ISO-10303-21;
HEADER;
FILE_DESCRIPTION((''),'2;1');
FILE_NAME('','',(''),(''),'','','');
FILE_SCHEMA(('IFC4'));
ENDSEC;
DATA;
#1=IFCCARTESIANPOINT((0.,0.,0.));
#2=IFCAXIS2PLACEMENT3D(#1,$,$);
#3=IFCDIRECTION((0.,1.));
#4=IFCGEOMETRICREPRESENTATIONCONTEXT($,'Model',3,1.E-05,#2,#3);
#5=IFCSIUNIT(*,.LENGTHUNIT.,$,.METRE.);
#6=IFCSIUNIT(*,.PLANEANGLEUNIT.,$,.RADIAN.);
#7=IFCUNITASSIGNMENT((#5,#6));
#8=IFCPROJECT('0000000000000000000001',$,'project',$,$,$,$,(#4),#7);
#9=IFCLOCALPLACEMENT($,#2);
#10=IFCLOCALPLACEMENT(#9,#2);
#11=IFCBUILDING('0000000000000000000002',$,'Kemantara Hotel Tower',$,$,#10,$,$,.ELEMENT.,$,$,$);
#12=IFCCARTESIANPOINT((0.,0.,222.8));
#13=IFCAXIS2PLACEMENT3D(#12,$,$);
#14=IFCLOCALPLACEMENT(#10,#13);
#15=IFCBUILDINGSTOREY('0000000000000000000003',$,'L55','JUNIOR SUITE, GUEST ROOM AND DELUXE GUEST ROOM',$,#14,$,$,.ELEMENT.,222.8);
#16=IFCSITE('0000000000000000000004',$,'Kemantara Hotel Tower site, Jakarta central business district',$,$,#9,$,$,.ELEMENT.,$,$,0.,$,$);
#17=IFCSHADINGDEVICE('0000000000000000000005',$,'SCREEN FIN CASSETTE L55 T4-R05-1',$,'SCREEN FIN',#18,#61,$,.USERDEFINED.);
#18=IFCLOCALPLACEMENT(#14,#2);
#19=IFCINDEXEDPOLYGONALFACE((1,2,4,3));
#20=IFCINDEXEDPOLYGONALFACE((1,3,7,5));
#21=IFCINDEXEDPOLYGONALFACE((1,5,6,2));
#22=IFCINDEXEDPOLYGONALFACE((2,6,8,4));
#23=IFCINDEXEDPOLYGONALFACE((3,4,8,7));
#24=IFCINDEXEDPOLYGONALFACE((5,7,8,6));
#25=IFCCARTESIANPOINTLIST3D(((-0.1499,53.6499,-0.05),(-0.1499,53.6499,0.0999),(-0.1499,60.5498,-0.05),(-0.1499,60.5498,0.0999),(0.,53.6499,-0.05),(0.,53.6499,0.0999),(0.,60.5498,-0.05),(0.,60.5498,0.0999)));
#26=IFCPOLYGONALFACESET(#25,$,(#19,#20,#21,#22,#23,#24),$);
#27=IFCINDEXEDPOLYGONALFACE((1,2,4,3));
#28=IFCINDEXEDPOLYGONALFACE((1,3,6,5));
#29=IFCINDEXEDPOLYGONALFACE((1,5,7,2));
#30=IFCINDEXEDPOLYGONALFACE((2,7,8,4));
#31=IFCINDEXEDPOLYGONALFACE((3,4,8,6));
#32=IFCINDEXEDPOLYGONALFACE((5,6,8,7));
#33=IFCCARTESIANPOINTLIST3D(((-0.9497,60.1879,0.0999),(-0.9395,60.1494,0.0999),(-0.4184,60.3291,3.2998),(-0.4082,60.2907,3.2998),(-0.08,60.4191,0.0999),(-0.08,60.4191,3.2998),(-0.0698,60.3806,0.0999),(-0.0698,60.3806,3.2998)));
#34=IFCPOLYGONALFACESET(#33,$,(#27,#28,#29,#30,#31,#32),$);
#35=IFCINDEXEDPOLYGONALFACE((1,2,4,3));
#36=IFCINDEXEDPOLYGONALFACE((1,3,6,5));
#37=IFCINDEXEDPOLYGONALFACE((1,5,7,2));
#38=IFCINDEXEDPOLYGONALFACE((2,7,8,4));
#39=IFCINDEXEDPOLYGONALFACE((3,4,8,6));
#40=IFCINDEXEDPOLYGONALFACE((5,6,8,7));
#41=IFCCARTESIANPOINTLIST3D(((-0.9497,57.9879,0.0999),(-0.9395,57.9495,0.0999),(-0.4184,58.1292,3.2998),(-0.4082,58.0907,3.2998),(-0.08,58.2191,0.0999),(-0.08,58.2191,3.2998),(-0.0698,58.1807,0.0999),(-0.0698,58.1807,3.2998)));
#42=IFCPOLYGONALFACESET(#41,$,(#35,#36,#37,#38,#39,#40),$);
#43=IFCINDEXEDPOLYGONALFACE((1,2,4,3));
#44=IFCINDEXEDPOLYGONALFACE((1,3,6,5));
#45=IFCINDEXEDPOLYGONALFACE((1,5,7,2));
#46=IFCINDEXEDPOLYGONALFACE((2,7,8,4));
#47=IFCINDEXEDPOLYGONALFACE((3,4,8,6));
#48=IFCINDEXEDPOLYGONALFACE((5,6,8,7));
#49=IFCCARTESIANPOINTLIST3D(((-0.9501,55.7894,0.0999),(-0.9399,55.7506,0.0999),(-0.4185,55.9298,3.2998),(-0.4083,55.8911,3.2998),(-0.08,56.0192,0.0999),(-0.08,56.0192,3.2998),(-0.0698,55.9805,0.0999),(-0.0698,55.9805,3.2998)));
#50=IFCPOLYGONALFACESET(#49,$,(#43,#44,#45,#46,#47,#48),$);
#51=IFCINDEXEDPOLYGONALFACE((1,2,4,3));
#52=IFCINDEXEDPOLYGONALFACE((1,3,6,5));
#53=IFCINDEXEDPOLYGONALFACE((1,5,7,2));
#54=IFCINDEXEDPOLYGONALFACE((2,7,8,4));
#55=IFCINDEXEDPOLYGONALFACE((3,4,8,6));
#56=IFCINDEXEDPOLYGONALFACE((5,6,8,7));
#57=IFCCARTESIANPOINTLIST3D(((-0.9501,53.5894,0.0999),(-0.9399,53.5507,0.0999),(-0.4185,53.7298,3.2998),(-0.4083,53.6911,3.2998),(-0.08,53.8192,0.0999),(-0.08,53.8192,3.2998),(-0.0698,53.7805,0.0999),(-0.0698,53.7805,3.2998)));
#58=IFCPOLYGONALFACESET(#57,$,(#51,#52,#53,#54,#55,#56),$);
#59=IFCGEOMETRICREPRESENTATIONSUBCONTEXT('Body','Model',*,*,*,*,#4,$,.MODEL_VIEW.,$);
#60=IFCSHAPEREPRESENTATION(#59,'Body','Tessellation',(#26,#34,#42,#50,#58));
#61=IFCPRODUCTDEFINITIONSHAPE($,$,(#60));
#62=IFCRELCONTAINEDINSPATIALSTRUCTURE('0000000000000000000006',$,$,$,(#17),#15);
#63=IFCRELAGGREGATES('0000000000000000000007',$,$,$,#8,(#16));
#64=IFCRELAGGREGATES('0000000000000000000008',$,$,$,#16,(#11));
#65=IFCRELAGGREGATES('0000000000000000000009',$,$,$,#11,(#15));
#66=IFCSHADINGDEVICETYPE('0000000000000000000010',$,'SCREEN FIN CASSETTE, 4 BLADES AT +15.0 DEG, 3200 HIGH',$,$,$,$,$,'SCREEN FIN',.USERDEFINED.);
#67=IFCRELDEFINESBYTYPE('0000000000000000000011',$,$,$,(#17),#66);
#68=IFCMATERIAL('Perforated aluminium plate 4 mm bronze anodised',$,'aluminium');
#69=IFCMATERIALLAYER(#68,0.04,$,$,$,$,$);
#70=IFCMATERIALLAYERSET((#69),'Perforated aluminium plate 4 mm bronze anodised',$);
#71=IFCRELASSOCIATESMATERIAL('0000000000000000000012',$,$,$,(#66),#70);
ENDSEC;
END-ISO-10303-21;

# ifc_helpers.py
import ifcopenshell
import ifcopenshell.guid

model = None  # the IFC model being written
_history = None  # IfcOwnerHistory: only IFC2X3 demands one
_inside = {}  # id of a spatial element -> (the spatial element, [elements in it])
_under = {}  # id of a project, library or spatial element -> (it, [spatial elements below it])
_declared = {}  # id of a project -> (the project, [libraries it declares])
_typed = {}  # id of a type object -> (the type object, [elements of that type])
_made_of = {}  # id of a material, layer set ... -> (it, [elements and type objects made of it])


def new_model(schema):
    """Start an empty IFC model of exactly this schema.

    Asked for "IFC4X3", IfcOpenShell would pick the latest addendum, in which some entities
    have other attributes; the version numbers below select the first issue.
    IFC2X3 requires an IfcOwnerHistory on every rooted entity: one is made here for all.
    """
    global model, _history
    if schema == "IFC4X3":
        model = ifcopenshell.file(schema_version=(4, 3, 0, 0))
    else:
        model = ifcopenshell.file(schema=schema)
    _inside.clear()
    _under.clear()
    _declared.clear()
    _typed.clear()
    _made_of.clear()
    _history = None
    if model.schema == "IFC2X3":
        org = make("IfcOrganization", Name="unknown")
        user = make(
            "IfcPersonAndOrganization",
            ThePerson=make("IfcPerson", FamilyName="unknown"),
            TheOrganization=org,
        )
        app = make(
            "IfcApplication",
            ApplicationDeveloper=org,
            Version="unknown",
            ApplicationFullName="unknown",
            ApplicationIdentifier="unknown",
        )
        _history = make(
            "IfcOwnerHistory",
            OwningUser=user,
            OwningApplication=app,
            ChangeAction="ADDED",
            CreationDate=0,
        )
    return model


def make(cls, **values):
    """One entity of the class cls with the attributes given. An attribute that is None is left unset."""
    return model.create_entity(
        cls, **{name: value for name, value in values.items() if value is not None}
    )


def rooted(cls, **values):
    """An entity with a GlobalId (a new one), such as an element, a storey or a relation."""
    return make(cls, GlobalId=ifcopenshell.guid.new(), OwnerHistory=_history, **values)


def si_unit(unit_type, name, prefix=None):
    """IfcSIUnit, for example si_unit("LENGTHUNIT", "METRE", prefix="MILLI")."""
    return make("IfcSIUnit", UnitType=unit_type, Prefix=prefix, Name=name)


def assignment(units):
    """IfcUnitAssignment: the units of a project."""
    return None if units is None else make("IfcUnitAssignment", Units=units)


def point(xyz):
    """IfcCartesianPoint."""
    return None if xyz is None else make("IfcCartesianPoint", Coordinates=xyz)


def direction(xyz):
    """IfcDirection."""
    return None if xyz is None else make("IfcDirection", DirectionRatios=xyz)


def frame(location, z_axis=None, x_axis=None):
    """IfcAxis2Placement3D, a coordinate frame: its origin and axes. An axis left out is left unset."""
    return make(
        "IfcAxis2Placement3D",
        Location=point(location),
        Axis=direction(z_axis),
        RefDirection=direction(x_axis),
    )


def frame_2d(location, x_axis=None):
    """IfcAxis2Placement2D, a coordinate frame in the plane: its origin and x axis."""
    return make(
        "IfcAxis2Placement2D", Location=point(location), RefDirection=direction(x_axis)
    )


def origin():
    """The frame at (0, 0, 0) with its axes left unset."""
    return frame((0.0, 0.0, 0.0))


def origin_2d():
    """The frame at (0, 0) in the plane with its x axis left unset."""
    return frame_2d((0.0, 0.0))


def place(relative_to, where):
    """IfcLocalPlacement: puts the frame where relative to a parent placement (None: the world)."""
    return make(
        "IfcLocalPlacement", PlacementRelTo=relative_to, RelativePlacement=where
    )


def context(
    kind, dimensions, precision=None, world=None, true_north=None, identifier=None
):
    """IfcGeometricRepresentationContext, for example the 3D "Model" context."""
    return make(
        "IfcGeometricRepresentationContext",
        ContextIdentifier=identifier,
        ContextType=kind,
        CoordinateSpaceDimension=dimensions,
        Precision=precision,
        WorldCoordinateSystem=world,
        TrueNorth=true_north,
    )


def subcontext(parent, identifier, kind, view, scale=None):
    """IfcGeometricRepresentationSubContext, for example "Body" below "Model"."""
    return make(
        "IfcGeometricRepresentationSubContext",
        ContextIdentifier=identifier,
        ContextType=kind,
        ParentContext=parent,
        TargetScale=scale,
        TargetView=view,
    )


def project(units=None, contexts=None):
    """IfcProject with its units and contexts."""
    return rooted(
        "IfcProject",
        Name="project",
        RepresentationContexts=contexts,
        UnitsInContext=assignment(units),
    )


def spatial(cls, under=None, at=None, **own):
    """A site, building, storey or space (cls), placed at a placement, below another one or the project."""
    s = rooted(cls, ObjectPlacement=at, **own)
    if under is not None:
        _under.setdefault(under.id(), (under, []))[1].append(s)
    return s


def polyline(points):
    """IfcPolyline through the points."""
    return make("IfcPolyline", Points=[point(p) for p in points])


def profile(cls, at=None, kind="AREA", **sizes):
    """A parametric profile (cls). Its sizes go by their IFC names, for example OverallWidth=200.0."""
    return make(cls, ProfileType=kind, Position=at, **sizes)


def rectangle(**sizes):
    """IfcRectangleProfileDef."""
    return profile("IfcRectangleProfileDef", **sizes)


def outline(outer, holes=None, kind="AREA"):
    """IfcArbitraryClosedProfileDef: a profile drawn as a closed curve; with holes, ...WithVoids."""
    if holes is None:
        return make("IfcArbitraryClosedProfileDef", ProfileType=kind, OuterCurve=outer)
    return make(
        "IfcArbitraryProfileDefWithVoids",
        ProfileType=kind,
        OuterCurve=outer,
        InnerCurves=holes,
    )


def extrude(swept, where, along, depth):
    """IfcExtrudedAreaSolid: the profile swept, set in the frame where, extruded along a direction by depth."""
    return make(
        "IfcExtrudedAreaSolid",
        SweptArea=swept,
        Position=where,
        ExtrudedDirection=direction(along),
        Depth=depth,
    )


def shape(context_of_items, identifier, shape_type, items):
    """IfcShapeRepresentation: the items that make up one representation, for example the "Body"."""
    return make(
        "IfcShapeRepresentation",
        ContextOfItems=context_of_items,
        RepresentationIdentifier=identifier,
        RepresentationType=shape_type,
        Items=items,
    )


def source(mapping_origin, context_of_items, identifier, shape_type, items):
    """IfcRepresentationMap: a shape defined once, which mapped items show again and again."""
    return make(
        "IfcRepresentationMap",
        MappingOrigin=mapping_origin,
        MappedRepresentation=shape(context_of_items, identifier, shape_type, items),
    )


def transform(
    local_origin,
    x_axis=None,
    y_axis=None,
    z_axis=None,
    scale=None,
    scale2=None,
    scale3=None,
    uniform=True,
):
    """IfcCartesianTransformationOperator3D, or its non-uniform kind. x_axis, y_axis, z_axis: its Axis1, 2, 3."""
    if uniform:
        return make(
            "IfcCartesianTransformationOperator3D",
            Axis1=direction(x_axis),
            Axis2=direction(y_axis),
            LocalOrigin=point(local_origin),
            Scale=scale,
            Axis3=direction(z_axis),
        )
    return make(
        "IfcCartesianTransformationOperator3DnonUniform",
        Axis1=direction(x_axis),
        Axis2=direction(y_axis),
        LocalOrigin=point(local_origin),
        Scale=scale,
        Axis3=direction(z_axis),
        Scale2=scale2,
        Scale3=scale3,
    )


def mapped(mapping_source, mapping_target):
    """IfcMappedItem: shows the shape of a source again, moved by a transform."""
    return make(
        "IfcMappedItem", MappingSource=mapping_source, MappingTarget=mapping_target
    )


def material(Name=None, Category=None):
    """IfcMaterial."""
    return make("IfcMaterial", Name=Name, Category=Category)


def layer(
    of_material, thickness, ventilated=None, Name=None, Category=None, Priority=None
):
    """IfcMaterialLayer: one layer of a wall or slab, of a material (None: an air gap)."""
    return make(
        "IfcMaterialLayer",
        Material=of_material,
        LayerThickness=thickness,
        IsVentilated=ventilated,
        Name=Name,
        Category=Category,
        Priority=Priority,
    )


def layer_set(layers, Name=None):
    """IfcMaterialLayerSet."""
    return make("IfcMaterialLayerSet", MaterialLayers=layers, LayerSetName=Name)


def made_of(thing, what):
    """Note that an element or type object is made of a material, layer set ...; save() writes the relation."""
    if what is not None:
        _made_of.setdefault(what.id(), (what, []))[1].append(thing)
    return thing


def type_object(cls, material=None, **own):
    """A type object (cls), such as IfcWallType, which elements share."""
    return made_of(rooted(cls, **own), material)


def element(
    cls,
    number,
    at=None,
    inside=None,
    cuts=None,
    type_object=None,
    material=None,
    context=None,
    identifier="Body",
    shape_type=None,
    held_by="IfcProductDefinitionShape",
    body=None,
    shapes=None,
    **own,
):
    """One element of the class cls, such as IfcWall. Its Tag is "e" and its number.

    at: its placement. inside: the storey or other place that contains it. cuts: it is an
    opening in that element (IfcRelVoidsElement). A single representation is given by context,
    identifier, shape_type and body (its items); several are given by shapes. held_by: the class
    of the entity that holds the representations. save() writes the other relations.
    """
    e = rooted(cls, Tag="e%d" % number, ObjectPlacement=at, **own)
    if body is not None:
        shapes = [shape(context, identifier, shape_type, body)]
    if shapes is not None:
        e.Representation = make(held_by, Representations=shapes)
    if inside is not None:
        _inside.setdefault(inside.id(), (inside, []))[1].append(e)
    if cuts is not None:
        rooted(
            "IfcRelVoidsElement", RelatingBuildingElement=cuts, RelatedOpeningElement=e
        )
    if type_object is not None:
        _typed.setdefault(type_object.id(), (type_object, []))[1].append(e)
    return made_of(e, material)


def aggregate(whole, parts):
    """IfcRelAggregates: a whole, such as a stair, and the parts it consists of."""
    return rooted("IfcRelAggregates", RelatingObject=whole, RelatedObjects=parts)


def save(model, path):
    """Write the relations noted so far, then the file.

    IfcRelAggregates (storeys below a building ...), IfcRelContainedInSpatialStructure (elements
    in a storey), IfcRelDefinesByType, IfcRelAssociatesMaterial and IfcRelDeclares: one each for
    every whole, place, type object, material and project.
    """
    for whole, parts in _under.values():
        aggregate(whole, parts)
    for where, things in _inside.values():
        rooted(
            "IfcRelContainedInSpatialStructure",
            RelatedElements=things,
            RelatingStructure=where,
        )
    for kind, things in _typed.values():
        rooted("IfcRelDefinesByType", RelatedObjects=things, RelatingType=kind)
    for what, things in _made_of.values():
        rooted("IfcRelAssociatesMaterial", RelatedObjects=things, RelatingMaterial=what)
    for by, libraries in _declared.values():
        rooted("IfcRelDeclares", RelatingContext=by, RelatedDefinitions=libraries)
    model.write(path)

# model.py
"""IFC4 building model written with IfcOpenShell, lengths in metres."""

from ifc_helpers import new_model, si_unit, direction, frame, origin, origin_2d, place, context, subcontext, project, spatial, polyline, rectangle, outline, extrude, source, transform, mapped, material, layer, layer_set, type_object, element, save


model = new_model("IFC4")

# Units and contexts
model_context = context("Model", 3, precision=1e-05, world=origin(), true_north=direction((0.0, 1.0)))
body_context = subcontext(model_context, "Body", "Model", "MODEL_VIEW")
ifc_project = project(units=[si_unit("LENGTHUNIT", "METRE"), si_unit("PLANEANGLEUNIT", "RADIAN")], contexts=[model_context])

# Site, building, storey
site_placement = place(None, origin())
site = spatial("IfcSite", under=ifc_project, at=site_placement, Name="Kemantara Hotel Tower site, Jakarta central business district", CompositionType="ELEMENT", RefElevation=0.0)
building_placement = place(site_placement, origin())
building = spatial("IfcBuilding", under=site, at=building_placement, Name="Kemantara Hotel Tower", CompositionType="ELEMENT")
storey_placement = place(building_placement, frame((0.0, 0.0, 222.8)))
storey = spatial("IfcBuildingStorey", under=building, at=storey_placement, Name="L55", Description="JUNIOR SUITE, GUEST ROOM AND DELUXE GUEST ROOM", CompositionType="ELEMENT", Elevation=222.8)

# Shading device
ifc_material_1 = material(Name="Perforated aluminium plate 4 mm bronze anodised", Category="aluminium")
ifc_layer_1 = layer(ifc_material_1, 0.04)
ifc_layer_set_1 = layer_set([ifc_layer_1], Name="Perforated aluminium plate 4 mm bronze anodised")
shading_device_type_1 = type_object("IfcShadingDeviceType", Name="SCREEN FIN CASSETTE, 4 BLADES AT +15.0 DEG, 3200 HIGH", ElementType="SCREEN FIN", PredefinedType="USERDEFINED", material=ifc_layer_set_1)
shared_shape_1 = source(origin(), body_context, "Body", "SweptSolid", [
    extrude(rectangle(XDim=6.8999, YDim=0.1499, at=origin_2d()), frame((3.3, -0.075, -0.1499), z_axis=(0.0, 0.0, 1.0), x_axis=(1.0, 0.0, 0.0)), (0.0, 0.0, 1.0), 0.1499),
    extrude(outline(polyline([(0.0, 0.0), (0.8999, 0.0), (0.3501, 3.2), (0.0, 3.2), (0.0, 0.0)])), frame((0.0193, -0.0698, 0.0), z_axis=(-0.966438, -0.256901, 0.0), x_axis=(0.256901, -0.966438, 0.0)), (0.0, 0.0, 1.0), 0.0398),
    extrude(outline(polyline([(0.0, 0.0), (0.8999, 0.0), (0.3501, 3.2), (0.0, 3.2), (0.0, 0.0)])), frame((2.2192, -0.0698, 0.0), z_axis=(-0.966438, -0.256901, 0.0), x_axis=(0.256901, -0.966438, 0.0)), (0.0, 0.0, 1.0), 0.0398),
    extrude(outline(polyline([(0.0, 0.0), (0.8999, 0.0), (0.3501, 3.2), (0.0, 3.2), (0.0, 0.0)])), frame((4.4194, -0.0698, 0.0), z_axis=(-0.966838, -0.255391, 0.0), x_axis=(0.255391, -0.966838, 0.0)), (0.0, 0.0, 1.0), 0.04),
    extrude(outline(polyline([(0.0, 0.0), (0.8999, 0.0), (0.3501, 3.2), (0.0, 3.2), (0.0, 0.0)])), frame((6.6194, -0.0698, 0.0), z_axis=(-0.966838, -0.255391, 0.0), x_axis=(0.255391, -0.966838, 0.0)), (0.0, 0.0, 1.0), 0.04),
])
shading_device_1_placement = place(storey_placement, frame((0.0, 60.3999, 0.0999), z_axis=(0.0, 0.0, 1.0), x_axis=(0.0, -1.0, 0.0)))
element("IfcShadingDevice", 1, at=shading_device_1_placement, inside=storey, type_object=shading_device_type_1, Name="SCREEN FIN CASSETTE L55 T4-R05-1", ObjectType="SCREEN FIN", PredefinedType="USERDEFINED", context=body_context, shape_type="MappedRepresentation", body=[
    mapped(shared_shape_1, transform((0.0, 0.0, 0.0))),
])

save(model, "model.ifc")
